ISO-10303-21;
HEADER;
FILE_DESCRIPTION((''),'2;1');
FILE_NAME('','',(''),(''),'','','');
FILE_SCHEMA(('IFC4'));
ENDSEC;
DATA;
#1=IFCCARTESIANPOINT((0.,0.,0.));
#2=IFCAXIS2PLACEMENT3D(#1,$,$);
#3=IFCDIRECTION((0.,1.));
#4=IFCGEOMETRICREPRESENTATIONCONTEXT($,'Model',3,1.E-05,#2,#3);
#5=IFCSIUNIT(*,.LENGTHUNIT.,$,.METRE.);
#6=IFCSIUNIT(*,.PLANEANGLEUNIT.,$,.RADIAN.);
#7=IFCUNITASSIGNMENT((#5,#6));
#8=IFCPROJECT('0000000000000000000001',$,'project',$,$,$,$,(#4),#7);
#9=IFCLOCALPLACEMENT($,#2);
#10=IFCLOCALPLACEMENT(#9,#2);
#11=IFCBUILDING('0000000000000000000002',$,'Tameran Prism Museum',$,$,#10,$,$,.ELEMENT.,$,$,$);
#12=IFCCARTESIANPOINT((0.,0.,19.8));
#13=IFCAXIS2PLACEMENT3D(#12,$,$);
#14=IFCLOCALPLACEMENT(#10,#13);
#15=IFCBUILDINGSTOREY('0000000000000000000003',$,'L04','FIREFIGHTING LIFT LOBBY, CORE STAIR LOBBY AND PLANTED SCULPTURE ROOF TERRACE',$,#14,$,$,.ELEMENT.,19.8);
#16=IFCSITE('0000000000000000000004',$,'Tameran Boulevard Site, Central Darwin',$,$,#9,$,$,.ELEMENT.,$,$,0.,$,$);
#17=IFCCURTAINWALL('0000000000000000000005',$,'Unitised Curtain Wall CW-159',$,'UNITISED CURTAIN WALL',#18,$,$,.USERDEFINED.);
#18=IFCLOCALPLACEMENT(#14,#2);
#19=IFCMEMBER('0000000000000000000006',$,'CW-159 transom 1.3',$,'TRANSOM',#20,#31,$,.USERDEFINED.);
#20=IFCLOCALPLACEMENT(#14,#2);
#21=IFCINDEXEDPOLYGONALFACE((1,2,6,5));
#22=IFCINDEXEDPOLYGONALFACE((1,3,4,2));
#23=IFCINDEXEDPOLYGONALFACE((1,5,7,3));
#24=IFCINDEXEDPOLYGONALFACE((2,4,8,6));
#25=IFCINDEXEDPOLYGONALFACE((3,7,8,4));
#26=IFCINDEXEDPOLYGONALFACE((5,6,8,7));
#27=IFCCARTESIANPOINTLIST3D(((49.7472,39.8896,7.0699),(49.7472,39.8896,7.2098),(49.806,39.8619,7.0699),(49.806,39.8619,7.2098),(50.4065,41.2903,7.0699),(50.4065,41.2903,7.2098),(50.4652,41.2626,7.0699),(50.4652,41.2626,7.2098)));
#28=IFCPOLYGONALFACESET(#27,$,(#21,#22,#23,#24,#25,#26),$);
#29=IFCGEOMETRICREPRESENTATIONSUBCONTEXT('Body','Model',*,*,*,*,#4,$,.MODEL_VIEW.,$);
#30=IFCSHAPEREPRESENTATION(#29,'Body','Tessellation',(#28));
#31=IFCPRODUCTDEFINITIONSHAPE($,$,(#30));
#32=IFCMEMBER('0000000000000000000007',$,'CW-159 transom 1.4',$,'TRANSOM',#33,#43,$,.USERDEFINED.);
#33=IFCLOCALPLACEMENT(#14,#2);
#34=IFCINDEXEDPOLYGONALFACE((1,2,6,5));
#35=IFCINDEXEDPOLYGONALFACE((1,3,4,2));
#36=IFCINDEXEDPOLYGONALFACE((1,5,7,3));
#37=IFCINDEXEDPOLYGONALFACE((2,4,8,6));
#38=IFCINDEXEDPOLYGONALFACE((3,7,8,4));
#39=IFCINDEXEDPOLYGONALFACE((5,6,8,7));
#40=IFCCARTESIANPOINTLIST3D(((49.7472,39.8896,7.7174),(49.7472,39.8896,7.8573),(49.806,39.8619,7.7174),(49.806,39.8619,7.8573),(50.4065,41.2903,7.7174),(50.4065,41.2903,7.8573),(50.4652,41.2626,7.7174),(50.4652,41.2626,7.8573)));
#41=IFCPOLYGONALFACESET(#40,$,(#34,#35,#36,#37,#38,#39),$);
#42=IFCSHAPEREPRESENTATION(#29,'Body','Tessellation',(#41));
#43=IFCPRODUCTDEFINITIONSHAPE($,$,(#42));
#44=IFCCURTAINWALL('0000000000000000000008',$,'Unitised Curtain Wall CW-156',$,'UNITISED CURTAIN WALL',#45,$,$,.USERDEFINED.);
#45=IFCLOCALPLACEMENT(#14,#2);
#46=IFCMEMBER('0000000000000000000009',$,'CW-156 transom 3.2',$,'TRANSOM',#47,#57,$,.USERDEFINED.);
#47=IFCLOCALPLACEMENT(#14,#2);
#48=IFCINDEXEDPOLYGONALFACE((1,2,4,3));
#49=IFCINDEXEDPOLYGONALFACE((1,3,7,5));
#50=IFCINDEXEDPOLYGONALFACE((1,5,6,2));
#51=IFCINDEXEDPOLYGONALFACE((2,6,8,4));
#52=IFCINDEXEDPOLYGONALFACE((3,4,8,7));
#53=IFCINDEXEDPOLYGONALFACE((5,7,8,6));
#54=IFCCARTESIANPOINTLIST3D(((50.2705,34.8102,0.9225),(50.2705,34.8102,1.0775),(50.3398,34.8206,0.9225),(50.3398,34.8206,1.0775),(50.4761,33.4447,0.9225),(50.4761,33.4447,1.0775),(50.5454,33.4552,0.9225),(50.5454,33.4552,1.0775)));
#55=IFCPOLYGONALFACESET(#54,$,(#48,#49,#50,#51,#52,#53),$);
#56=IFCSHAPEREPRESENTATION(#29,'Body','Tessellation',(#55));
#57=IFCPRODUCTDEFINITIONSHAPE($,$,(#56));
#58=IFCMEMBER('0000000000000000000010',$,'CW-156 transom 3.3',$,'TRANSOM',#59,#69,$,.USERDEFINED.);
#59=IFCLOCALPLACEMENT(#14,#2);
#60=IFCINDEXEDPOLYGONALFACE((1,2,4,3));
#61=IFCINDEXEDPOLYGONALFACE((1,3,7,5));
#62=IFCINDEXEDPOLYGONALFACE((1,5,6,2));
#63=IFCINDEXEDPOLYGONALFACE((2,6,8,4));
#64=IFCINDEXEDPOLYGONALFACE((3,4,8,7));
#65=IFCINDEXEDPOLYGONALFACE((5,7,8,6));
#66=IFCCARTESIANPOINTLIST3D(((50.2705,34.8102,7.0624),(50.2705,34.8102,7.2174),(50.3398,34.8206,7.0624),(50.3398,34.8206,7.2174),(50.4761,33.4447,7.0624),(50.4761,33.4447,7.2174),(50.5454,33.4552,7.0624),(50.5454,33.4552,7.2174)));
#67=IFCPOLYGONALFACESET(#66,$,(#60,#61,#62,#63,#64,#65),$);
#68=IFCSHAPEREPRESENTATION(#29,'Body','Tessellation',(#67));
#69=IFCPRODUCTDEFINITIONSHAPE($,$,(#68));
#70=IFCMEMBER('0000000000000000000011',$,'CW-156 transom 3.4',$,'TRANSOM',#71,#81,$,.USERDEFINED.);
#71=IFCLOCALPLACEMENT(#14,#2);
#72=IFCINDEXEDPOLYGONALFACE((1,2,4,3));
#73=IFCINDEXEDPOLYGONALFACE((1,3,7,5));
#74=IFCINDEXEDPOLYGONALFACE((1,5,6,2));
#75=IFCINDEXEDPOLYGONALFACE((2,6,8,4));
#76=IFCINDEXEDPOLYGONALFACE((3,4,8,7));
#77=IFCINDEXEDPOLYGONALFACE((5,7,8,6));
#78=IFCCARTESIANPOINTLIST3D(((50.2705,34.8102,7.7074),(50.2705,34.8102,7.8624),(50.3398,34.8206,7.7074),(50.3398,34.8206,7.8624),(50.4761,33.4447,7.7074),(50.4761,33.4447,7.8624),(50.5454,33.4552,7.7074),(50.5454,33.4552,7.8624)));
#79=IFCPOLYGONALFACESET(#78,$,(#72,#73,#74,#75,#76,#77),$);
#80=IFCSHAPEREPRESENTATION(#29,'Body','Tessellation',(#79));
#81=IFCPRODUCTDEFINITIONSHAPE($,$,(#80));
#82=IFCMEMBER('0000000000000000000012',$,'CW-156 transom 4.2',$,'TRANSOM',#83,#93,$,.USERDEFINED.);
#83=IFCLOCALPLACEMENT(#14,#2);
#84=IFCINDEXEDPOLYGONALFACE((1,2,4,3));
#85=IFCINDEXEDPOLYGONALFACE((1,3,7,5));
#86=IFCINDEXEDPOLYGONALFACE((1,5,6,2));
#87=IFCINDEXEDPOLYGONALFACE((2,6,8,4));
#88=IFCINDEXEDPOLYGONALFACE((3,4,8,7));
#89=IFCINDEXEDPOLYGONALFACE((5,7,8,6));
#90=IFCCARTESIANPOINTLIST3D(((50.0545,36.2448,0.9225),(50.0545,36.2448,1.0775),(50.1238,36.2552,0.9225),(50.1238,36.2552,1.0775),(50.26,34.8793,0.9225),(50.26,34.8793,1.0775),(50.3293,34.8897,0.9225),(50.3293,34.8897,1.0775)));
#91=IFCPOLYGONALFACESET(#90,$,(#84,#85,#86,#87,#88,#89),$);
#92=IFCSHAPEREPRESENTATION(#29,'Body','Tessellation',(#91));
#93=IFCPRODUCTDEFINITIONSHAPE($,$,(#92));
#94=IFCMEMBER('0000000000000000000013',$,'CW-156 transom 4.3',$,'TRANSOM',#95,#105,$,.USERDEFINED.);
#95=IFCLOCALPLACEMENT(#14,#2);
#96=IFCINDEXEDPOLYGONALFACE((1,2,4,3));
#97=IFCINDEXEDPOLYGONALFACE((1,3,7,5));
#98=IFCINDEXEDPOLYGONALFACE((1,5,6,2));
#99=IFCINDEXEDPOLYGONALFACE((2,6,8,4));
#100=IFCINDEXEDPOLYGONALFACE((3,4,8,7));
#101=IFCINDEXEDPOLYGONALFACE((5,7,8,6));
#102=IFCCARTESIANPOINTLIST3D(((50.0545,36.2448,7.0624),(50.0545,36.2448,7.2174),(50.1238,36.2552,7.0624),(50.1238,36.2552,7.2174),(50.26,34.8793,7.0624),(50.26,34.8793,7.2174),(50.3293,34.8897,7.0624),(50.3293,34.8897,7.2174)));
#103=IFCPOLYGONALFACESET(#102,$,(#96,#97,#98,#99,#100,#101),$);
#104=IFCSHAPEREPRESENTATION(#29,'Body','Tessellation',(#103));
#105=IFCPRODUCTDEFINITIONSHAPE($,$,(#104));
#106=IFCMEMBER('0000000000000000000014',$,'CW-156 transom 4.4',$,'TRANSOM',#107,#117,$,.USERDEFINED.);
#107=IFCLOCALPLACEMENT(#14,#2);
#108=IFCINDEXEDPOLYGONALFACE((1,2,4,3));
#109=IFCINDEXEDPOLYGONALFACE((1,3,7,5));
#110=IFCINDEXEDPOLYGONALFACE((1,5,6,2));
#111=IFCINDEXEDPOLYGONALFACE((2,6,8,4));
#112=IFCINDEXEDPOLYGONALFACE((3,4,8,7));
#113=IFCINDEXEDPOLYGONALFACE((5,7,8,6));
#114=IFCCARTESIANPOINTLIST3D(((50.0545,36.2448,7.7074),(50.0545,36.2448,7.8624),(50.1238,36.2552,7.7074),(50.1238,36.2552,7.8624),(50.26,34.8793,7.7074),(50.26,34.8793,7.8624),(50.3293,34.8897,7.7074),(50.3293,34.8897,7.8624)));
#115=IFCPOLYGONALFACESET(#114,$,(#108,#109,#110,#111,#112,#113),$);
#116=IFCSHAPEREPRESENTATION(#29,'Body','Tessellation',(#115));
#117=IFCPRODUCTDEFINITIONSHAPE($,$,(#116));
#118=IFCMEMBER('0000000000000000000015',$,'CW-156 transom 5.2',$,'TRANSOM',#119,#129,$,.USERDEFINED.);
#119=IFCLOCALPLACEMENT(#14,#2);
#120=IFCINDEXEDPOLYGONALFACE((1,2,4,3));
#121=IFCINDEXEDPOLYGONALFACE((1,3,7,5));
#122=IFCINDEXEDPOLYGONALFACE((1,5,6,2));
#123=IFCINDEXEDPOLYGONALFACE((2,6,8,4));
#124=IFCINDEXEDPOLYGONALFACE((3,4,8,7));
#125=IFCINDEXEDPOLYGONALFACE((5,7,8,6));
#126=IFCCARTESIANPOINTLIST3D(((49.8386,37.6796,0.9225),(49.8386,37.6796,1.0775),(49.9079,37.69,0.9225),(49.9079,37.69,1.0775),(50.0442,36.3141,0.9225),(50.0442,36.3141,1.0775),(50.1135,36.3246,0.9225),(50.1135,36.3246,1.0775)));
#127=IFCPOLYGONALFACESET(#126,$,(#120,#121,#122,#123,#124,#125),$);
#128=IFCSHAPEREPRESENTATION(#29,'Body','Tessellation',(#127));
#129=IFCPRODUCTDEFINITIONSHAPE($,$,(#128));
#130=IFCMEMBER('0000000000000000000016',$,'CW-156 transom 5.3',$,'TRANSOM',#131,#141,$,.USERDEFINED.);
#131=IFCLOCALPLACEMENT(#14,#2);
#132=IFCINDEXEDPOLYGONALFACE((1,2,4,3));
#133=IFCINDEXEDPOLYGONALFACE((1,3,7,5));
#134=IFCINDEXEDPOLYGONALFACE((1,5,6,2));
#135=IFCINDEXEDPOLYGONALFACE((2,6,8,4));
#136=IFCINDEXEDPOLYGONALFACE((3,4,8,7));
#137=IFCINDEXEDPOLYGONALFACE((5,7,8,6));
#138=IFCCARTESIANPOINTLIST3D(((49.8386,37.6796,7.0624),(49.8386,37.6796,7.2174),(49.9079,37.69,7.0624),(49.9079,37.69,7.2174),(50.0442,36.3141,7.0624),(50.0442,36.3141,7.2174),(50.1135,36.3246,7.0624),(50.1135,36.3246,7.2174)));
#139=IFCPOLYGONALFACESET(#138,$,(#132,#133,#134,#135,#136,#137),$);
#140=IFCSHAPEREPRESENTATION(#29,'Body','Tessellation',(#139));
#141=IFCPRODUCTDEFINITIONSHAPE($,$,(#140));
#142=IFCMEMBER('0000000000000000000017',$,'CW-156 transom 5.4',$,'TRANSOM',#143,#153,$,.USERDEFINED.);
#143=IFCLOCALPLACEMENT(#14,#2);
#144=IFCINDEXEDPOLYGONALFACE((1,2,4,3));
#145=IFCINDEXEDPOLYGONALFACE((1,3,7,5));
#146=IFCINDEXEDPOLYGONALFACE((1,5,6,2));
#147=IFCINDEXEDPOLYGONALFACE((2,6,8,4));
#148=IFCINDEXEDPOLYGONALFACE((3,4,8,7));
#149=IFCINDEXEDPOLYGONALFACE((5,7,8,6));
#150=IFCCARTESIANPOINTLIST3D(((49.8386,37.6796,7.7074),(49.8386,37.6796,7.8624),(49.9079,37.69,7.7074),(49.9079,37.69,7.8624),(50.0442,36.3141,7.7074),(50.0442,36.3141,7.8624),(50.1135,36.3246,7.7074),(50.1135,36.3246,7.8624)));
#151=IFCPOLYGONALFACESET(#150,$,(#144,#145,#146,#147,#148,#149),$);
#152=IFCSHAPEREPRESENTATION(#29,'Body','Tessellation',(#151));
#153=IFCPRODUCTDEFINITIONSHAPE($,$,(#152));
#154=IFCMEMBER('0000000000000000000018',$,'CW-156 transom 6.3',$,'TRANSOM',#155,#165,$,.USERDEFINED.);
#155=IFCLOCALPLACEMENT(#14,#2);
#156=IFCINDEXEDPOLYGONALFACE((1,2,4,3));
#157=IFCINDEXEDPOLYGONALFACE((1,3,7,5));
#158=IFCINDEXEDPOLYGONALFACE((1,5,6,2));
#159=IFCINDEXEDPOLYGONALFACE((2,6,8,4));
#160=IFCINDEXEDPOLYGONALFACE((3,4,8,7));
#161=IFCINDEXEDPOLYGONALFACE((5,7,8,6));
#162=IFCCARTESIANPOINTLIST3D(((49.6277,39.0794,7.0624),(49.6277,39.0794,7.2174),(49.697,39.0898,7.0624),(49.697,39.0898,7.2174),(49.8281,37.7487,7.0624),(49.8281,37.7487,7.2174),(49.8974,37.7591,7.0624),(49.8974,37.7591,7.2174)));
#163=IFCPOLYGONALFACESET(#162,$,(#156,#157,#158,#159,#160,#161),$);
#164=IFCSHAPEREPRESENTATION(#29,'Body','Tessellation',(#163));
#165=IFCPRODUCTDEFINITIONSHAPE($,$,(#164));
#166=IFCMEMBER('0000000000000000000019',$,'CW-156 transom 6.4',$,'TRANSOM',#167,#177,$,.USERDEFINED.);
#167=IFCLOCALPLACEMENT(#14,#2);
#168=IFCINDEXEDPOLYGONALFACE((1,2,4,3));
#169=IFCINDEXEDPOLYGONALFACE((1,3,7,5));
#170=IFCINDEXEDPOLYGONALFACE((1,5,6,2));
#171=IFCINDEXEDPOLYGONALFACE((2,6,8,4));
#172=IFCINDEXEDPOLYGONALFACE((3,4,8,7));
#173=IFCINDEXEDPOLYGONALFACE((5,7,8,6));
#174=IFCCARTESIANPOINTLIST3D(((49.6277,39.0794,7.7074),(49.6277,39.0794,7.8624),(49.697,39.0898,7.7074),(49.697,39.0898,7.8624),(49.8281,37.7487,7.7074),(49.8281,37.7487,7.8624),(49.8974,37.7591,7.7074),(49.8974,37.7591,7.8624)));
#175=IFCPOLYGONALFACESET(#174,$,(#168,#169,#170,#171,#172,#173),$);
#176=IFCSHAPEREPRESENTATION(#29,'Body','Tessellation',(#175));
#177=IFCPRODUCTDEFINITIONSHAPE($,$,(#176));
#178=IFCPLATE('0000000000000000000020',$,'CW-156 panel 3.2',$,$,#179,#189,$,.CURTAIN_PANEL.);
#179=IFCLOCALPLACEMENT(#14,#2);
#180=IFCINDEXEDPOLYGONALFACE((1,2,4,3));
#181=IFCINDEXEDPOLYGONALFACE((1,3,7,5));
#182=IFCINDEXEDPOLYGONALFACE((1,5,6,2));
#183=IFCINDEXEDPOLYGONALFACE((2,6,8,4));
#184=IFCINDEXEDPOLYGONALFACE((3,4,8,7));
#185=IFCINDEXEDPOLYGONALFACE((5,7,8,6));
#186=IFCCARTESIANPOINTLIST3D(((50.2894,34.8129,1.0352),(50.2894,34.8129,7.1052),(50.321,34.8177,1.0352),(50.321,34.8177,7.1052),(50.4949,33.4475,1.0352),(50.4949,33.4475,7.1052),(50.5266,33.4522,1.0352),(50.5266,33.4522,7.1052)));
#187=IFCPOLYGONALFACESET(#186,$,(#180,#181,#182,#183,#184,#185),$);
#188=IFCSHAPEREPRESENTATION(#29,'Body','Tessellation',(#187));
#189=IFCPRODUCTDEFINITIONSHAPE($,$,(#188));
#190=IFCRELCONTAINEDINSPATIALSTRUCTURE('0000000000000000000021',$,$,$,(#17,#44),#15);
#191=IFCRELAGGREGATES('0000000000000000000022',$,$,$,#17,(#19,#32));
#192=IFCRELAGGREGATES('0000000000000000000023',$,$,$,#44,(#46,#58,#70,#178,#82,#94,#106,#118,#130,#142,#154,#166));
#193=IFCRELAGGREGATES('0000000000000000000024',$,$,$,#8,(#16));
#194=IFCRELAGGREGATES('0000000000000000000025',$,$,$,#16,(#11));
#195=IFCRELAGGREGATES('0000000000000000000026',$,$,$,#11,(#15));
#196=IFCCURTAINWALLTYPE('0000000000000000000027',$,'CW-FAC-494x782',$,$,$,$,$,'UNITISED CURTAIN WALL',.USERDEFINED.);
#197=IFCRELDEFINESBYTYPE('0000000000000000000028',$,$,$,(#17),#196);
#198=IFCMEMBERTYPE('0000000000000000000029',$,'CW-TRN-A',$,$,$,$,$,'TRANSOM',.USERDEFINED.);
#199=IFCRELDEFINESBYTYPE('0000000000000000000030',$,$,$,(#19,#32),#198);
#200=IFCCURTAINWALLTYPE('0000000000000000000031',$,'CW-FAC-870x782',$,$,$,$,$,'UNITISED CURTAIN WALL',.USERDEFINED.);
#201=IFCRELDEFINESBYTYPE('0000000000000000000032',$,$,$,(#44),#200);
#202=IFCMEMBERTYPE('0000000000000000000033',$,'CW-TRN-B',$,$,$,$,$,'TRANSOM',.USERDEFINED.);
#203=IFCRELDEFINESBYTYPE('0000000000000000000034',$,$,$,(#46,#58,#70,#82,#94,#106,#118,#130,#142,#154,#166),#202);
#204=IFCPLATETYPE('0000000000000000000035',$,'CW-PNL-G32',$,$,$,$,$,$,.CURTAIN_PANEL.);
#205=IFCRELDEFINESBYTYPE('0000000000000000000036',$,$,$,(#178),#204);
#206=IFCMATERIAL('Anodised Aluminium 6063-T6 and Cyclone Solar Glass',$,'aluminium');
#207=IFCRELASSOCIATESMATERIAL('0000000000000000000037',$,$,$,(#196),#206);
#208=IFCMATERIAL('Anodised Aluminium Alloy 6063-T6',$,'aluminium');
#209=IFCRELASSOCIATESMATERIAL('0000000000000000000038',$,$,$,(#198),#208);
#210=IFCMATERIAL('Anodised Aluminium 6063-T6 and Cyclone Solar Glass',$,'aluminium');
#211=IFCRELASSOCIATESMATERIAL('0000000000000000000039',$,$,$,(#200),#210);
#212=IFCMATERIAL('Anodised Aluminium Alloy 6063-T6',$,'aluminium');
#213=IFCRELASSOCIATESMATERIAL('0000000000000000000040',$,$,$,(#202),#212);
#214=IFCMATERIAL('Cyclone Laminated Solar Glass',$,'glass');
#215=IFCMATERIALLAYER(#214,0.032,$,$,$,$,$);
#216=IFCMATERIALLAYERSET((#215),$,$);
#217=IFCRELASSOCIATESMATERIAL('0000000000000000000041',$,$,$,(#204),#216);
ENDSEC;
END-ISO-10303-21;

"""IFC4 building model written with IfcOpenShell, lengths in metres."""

from ifc_helpers import new_model, si_unit, direction, frame, origin, origin_2d, place, context, subcontext, project, spatial, rectangle, extrude, material, layer, layer_set, material_profile, profile_set, type_object, element, aggregate, save


model = new_model("IFC4")

# Units and contexts
model_context = context("Model", 3, precision=1e-05, world=origin(), true_north=direction((0.0, 1.0)))
body_context = subcontext(model_context, "Body", "Model", "MODEL_VIEW")
ifc_project = project(units=[si_unit("LENGTHUNIT", "METRE"), si_unit("PLANEANGLEUNIT", "RADIAN")], contexts=[model_context])

# Site, building, storey
site_placement = place(None, origin())
site = spatial("IfcSite", under=ifc_project, at=site_placement, Name="Tameran Boulevard Site, Central Darwin", CompositionType="ELEMENT", RefElevation=0.0)
building_placement = place(site_placement, origin())
building = spatial("IfcBuilding", under=site, at=building_placement, Name="Tameran Prism Museum", CompositionType="ELEMENT")
storey_placement = place(building_placement, frame((0.0, 0.0, 19.8)))
storey = spatial("IfcBuildingStorey", under=building, at=storey_placement, Name="L04", Description="FIREFIGHTING LIFT LOBBY, CORE STAIR LOBBY AND PLANTED SCULPTURE ROOF TERRACE", CompositionType="ELEMENT", Elevation=19.8)

# Curtain wall, members
ifc_material_1 = material(Name="Anodised Aluminium 6063-T6 and Cyclone Solar Glass", Category="aluminium")
curtain_wall_type_1 = type_object("IfcCurtainWallType", Name="CW-FAC-494x782", ElementType="UNITISED CURTAIN WALL", PredefinedType="USERDEFINED", material=ifc_material_1)
curtain_wall_1_placement = place(storey_placement, origin())
curtain_wall_1 = element("IfcCurtainWall", 1, at=curtain_wall_1_placement, inside=storey, type_object=curtain_wall_type_1, Name="Unitised Curtain Wall CW-159", ObjectType="UNITISED CURTAIN WALL", PredefinedType="USERDEFINED")
ifc_material_2 = material(Name="Anodised Aluminium Alloy 6063-T6", Category="aluminium")
ifc_material_profile_1 = material_profile(ifc_material_2, rectangle(XDim=0.0649, YDim=0.1399, at=origin_2d()))
ifc_profile_set_1 = profile_set([ifc_material_profile_1])
member_type_1 = type_object("IfcMemberType", Name="CW-TRN-A", ElementType="TRANSOM", PredefinedType="USERDEFINED", material=ifc_profile_set_1)
member_1_placement = place(storey_placement, frame((49.7766, 39.8757, 7.1399), z_axis=(0.425827, 0.904804, 0.0), x_axis=(-0.904804, 0.425827, 0.0)))
member_1 = element("IfcMember", 2, at=member_1_placement, type_object=member_type_1, Name="CW-159 transom 1.3", ObjectType="TRANSOM", PredefinedType="USERDEFINED", context=body_context, shape_type="SweptSolid", body=[
    extrude(rectangle(XDim=0.0649, YDim=0.1399, at=origin_2d()), origin(), (0.0, 0.0, 1.0), 1.5481),
])
member_2_placement = place(storey_placement, frame((49.7766, 39.8757, 7.7874), z_axis=(0.425827, 0.904804, 0.0), x_axis=(-0.904804, 0.425827, 0.0)))
member_2 = element("IfcMember", 3, at=member_2_placement, type_object=member_type_1, Name="CW-159 transom 1.4", ObjectType="TRANSOM", PredefinedType="USERDEFINED", context=body_context, shape_type="SweptSolid", body=[
    extrude(rectangle(XDim=0.0649, YDim=0.1399, at=origin_2d()), origin(), (0.0, 0.0, 1.0), 1.5481),
])
aggregate(curtain_wall_1, [member_1, member_2])

# Curtain wall, members, plate
ifc_material_3 = material(Name="Anodised Aluminium 6063-T6 and Cyclone Solar Glass", Category="aluminium")
curtain_wall_type_2 = type_object("IfcCurtainWallType", Name="CW-FAC-870x782", ElementType="UNITISED CURTAIN WALL", PredefinedType="USERDEFINED", material=ifc_material_3)
curtain_wall_2_placement = place(storey_placement, origin())
curtain_wall_2 = element("IfcCurtainWall", 4, at=curtain_wall_2_placement, inside=storey, type_object=curtain_wall_type_2, Name="Unitised Curtain Wall CW-156", ObjectType="UNITISED CURTAIN WALL", PredefinedType="USERDEFINED")
ifc_material_4 = material(Name="Anodised Aluminium Alloy 6063-T6", Category="aluminium")
ifc_material_profile_2 = material_profile(ifc_material_4, rectangle(XDim=0.0701, YDim=0.155, at=origin_2d()))
ifc_profile_set_2 = profile_set([ifc_material_profile_2])
member_type_2 = type_object("IfcMemberType", Name="CW-TRN-B", ElementType="TRANSOM", PredefinedType="USERDEFINED", material=ifc_profile_set_2)
member_3_placement = place(storey_placement, frame((50.5107, 33.45, 1.0), z_axis=(-0.148868, 0.988857, 0.0), x_axis=(-0.988857, -0.148868, 0.0)))
member_3 = element("IfcMember", 5, at=member_3_placement, type_object=member_type_2, Name="CW-156 transom 3.2", ObjectType="TRANSOM", PredefinedType="USERDEFINED", context=body_context, shape_type="SweptSolid", body=[
    extrude(rectangle(XDim=0.0701, YDim=0.155, at=origin_2d()), origin(), (0.0, 0.0, 1.0), 1.3809),
])
member_4_placement = place(storey_placement, frame((50.5107, 33.45, 7.1399), z_axis=(-0.148868, 0.988857, 0.0), x_axis=(-0.988857, -0.148868, 0.0)))
member_4 = element("IfcMember", 6, at=member_4_placement, type_object=member_type_2, Name="CW-156 transom 3.3", ObjectType="TRANSOM", PredefinedType="USERDEFINED", context=body_context, shape_type="SweptSolid", body=[
    extrude(rectangle(XDim=0.0701, YDim=0.155, at=origin_2d()), origin(), (0.0, 0.0, 1.0), 1.3809),
])
member_5_placement = place(storey_placement, frame((50.5107, 33.45, 7.7849), z_axis=(-0.148868, 0.988857, 0.0), x_axis=(-0.988857, -0.148868, 0.0)))
member_5 = element("IfcMember", 7, at=member_5_placement, type_object=member_type_2, Name="CW-156 transom 3.4", ObjectType="TRANSOM", PredefinedType="USERDEFINED", context=body_context, shape_type="SweptSolid", body=[
    extrude(rectangle(XDim=0.0701, YDim=0.155, at=origin_2d()), origin(), (0.0, 0.0, 1.0), 1.3809),
])
member_6_placement = place(storey_placement, frame((50.2947, 34.8845, 1.0), z_axis=(-0.148868, 0.988857, 0.0), x_axis=(-0.988857, -0.148868, 0.0)))
member_6 = element("IfcMember", 8, at=member_6_placement, type_object=member_type_2, Name="CW-156 transom 4.2", ObjectType="TRANSOM", PredefinedType="USERDEFINED", context=body_context, shape_type="SweptSolid", body=[
    extrude(rectangle(XDim=0.0701, YDim=0.155, at=origin_2d()), origin(), (0.0, 0.0, 1.0), 1.3809),
])
member_7_placement = place(storey_placement, frame((50.2947, 34.8845, 7.1399), z_axis=(-0.148868, 0.988857, 0.0), x_axis=(-0.988857, -0.148868, 0.0)))
member_7 = element("IfcMember", 9, at=member_7_placement, type_object=member_type_2, Name="CW-156 transom 4.3", ObjectType="TRANSOM", PredefinedType="USERDEFINED", context=body_context, shape_type="SweptSolid", body=[
    extrude(rectangle(XDim=0.0701, YDim=0.155, at=origin_2d()), origin(), (0.0, 0.0, 1.0), 1.3809),
])
member_8_placement = place(storey_placement, frame((50.2947, 34.8845, 7.7849), z_axis=(-0.148868, 0.988857, 0.0), x_axis=(-0.988857, -0.148868, 0.0)))
member_8 = element("IfcMember", 10, at=member_8_placement, type_object=member_type_2, Name="CW-156 transom 4.4", ObjectType="TRANSOM", PredefinedType="USERDEFINED", context=body_context, shape_type="SweptSolid", body=[
    extrude(rectangle(XDim=0.0701, YDim=0.155, at=origin_2d()), origin(), (0.0, 0.0, 1.0), 1.3809),
])
member_9_placement = place(storey_placement, frame((50.0789, 36.3193, 1.0), z_axis=(-0.148868, 0.988857, 0.0), x_axis=(-0.988857, -0.148868, 0.0)))
member_9 = element("IfcMember", 11, at=member_9_placement, type_object=member_type_2, Name="CW-156 transom 5.2", ObjectType="TRANSOM", PredefinedType="USERDEFINED", context=body_context, shape_type="SweptSolid", body=[
    extrude(rectangle(XDim=0.0701, YDim=0.155, at=origin_2d()), origin(), (0.0, 0.0, 1.0), 1.3809),
])
member_10_placement = place(storey_placement, frame((50.0789, 36.3193, 7.1399), z_axis=(-0.148868, 0.988857, 0.0), x_axis=(-0.988857, -0.148868, 0.0)))
member_10 = element("IfcMember", 12, at=member_10_placement, type_object=member_type_2, Name="CW-156 transom 5.3", ObjectType="TRANSOM", PredefinedType="USERDEFINED", context=body_context, shape_type="SweptSolid", body=[
    extrude(rectangle(XDim=0.0701, YDim=0.155, at=origin_2d()), origin(), (0.0, 0.0, 1.0), 1.3809),
])
member_11_placement = place(storey_placement, frame((50.0789, 36.3193, 7.7849), z_axis=(-0.148868, 0.988857, 0.0), x_axis=(-0.988857, -0.148868, 0.0)))
member_11 = element("IfcMember", 13, at=member_11_placement, type_object=member_type_2, Name="CW-156 transom 5.4", ObjectType="TRANSOM", PredefinedType="USERDEFINED", context=body_context, shape_type="SweptSolid", body=[
    extrude(rectangle(XDim=0.0701, YDim=0.155, at=origin_2d()), origin(), (0.0, 0.0, 1.0), 1.3809),
])
member_12_placement = place(storey_placement, frame((49.8628, 37.7539, 7.1399), z_axis=(-0.148935, 0.988847, 0.0), x_axis=(-0.988847, -0.148935, 0.0)))
member_12 = element("IfcMember", 14, at=member_12_placement, type_object=member_type_2, Name="CW-156 transom 6.3", ObjectType="TRANSOM", PredefinedType="USERDEFINED", context=body_context, shape_type="SweptSolid", body=[
    extrude(rectangle(XDim=0.0701, YDim=0.155, at=origin_2d()), origin(), (0.0, 0.0, 1.0), 1.3457),
])
member_13_placement = place(storey_placement, frame((49.8628, 37.7539, 7.7849), z_axis=(-0.148935, 0.988847, 0.0), x_axis=(-0.988847, -0.148935, 0.0)))
member_13 = element("IfcMember", 15, at=member_13_placement, type_object=member_type_2, Name="CW-156 transom 6.4", ObjectType="TRANSOM", PredefinedType="USERDEFINED", context=body_context, shape_type="SweptSolid", body=[
    extrude(rectangle(XDim=0.0701, YDim=0.155, at=origin_2d()), origin(), (0.0, 0.0, 1.0), 1.3457),
])
ifc_material_5 = material(Name="Cyclone Laminated Solar Glass", Category="glass")
ifc_layer = layer(ifc_material_5, 0.032)
ifc_layer_set = layer_set([ifc_layer])
plate_type = type_object("IfcPlateType", Name="CW-PNL-G32", PredefinedType="CURTAIN_PANEL", material=ifc_layer_set)
plate_1_placement = place(storey_placement, frame((50.408, 34.1326, 1.0352), z_axis=(0.0, 0.0, 1.0), x_axis=(-0.14888, 0.988855, 0.0)))
plate_1 = element("IfcPlate", 16, at=plate_1_placement, type_object=plate_type, Name="CW-156 panel 3.2", PredefinedType="CURTAIN_PANEL", context=body_context, shape_type="SweptSolid", body=[
    extrude(rectangle(XDim=1.3809, YDim=0.032, at=origin_2d()), origin(), (0.0, 0.0, 1.0), 6.0701),
])
aggregate(curtain_wall_2, [member_3, member_4, member_5, plate_1, member_6, member_7, member_8, member_9, member_10, member_11, member_12, member_13])

save(model, "model.ifc")
